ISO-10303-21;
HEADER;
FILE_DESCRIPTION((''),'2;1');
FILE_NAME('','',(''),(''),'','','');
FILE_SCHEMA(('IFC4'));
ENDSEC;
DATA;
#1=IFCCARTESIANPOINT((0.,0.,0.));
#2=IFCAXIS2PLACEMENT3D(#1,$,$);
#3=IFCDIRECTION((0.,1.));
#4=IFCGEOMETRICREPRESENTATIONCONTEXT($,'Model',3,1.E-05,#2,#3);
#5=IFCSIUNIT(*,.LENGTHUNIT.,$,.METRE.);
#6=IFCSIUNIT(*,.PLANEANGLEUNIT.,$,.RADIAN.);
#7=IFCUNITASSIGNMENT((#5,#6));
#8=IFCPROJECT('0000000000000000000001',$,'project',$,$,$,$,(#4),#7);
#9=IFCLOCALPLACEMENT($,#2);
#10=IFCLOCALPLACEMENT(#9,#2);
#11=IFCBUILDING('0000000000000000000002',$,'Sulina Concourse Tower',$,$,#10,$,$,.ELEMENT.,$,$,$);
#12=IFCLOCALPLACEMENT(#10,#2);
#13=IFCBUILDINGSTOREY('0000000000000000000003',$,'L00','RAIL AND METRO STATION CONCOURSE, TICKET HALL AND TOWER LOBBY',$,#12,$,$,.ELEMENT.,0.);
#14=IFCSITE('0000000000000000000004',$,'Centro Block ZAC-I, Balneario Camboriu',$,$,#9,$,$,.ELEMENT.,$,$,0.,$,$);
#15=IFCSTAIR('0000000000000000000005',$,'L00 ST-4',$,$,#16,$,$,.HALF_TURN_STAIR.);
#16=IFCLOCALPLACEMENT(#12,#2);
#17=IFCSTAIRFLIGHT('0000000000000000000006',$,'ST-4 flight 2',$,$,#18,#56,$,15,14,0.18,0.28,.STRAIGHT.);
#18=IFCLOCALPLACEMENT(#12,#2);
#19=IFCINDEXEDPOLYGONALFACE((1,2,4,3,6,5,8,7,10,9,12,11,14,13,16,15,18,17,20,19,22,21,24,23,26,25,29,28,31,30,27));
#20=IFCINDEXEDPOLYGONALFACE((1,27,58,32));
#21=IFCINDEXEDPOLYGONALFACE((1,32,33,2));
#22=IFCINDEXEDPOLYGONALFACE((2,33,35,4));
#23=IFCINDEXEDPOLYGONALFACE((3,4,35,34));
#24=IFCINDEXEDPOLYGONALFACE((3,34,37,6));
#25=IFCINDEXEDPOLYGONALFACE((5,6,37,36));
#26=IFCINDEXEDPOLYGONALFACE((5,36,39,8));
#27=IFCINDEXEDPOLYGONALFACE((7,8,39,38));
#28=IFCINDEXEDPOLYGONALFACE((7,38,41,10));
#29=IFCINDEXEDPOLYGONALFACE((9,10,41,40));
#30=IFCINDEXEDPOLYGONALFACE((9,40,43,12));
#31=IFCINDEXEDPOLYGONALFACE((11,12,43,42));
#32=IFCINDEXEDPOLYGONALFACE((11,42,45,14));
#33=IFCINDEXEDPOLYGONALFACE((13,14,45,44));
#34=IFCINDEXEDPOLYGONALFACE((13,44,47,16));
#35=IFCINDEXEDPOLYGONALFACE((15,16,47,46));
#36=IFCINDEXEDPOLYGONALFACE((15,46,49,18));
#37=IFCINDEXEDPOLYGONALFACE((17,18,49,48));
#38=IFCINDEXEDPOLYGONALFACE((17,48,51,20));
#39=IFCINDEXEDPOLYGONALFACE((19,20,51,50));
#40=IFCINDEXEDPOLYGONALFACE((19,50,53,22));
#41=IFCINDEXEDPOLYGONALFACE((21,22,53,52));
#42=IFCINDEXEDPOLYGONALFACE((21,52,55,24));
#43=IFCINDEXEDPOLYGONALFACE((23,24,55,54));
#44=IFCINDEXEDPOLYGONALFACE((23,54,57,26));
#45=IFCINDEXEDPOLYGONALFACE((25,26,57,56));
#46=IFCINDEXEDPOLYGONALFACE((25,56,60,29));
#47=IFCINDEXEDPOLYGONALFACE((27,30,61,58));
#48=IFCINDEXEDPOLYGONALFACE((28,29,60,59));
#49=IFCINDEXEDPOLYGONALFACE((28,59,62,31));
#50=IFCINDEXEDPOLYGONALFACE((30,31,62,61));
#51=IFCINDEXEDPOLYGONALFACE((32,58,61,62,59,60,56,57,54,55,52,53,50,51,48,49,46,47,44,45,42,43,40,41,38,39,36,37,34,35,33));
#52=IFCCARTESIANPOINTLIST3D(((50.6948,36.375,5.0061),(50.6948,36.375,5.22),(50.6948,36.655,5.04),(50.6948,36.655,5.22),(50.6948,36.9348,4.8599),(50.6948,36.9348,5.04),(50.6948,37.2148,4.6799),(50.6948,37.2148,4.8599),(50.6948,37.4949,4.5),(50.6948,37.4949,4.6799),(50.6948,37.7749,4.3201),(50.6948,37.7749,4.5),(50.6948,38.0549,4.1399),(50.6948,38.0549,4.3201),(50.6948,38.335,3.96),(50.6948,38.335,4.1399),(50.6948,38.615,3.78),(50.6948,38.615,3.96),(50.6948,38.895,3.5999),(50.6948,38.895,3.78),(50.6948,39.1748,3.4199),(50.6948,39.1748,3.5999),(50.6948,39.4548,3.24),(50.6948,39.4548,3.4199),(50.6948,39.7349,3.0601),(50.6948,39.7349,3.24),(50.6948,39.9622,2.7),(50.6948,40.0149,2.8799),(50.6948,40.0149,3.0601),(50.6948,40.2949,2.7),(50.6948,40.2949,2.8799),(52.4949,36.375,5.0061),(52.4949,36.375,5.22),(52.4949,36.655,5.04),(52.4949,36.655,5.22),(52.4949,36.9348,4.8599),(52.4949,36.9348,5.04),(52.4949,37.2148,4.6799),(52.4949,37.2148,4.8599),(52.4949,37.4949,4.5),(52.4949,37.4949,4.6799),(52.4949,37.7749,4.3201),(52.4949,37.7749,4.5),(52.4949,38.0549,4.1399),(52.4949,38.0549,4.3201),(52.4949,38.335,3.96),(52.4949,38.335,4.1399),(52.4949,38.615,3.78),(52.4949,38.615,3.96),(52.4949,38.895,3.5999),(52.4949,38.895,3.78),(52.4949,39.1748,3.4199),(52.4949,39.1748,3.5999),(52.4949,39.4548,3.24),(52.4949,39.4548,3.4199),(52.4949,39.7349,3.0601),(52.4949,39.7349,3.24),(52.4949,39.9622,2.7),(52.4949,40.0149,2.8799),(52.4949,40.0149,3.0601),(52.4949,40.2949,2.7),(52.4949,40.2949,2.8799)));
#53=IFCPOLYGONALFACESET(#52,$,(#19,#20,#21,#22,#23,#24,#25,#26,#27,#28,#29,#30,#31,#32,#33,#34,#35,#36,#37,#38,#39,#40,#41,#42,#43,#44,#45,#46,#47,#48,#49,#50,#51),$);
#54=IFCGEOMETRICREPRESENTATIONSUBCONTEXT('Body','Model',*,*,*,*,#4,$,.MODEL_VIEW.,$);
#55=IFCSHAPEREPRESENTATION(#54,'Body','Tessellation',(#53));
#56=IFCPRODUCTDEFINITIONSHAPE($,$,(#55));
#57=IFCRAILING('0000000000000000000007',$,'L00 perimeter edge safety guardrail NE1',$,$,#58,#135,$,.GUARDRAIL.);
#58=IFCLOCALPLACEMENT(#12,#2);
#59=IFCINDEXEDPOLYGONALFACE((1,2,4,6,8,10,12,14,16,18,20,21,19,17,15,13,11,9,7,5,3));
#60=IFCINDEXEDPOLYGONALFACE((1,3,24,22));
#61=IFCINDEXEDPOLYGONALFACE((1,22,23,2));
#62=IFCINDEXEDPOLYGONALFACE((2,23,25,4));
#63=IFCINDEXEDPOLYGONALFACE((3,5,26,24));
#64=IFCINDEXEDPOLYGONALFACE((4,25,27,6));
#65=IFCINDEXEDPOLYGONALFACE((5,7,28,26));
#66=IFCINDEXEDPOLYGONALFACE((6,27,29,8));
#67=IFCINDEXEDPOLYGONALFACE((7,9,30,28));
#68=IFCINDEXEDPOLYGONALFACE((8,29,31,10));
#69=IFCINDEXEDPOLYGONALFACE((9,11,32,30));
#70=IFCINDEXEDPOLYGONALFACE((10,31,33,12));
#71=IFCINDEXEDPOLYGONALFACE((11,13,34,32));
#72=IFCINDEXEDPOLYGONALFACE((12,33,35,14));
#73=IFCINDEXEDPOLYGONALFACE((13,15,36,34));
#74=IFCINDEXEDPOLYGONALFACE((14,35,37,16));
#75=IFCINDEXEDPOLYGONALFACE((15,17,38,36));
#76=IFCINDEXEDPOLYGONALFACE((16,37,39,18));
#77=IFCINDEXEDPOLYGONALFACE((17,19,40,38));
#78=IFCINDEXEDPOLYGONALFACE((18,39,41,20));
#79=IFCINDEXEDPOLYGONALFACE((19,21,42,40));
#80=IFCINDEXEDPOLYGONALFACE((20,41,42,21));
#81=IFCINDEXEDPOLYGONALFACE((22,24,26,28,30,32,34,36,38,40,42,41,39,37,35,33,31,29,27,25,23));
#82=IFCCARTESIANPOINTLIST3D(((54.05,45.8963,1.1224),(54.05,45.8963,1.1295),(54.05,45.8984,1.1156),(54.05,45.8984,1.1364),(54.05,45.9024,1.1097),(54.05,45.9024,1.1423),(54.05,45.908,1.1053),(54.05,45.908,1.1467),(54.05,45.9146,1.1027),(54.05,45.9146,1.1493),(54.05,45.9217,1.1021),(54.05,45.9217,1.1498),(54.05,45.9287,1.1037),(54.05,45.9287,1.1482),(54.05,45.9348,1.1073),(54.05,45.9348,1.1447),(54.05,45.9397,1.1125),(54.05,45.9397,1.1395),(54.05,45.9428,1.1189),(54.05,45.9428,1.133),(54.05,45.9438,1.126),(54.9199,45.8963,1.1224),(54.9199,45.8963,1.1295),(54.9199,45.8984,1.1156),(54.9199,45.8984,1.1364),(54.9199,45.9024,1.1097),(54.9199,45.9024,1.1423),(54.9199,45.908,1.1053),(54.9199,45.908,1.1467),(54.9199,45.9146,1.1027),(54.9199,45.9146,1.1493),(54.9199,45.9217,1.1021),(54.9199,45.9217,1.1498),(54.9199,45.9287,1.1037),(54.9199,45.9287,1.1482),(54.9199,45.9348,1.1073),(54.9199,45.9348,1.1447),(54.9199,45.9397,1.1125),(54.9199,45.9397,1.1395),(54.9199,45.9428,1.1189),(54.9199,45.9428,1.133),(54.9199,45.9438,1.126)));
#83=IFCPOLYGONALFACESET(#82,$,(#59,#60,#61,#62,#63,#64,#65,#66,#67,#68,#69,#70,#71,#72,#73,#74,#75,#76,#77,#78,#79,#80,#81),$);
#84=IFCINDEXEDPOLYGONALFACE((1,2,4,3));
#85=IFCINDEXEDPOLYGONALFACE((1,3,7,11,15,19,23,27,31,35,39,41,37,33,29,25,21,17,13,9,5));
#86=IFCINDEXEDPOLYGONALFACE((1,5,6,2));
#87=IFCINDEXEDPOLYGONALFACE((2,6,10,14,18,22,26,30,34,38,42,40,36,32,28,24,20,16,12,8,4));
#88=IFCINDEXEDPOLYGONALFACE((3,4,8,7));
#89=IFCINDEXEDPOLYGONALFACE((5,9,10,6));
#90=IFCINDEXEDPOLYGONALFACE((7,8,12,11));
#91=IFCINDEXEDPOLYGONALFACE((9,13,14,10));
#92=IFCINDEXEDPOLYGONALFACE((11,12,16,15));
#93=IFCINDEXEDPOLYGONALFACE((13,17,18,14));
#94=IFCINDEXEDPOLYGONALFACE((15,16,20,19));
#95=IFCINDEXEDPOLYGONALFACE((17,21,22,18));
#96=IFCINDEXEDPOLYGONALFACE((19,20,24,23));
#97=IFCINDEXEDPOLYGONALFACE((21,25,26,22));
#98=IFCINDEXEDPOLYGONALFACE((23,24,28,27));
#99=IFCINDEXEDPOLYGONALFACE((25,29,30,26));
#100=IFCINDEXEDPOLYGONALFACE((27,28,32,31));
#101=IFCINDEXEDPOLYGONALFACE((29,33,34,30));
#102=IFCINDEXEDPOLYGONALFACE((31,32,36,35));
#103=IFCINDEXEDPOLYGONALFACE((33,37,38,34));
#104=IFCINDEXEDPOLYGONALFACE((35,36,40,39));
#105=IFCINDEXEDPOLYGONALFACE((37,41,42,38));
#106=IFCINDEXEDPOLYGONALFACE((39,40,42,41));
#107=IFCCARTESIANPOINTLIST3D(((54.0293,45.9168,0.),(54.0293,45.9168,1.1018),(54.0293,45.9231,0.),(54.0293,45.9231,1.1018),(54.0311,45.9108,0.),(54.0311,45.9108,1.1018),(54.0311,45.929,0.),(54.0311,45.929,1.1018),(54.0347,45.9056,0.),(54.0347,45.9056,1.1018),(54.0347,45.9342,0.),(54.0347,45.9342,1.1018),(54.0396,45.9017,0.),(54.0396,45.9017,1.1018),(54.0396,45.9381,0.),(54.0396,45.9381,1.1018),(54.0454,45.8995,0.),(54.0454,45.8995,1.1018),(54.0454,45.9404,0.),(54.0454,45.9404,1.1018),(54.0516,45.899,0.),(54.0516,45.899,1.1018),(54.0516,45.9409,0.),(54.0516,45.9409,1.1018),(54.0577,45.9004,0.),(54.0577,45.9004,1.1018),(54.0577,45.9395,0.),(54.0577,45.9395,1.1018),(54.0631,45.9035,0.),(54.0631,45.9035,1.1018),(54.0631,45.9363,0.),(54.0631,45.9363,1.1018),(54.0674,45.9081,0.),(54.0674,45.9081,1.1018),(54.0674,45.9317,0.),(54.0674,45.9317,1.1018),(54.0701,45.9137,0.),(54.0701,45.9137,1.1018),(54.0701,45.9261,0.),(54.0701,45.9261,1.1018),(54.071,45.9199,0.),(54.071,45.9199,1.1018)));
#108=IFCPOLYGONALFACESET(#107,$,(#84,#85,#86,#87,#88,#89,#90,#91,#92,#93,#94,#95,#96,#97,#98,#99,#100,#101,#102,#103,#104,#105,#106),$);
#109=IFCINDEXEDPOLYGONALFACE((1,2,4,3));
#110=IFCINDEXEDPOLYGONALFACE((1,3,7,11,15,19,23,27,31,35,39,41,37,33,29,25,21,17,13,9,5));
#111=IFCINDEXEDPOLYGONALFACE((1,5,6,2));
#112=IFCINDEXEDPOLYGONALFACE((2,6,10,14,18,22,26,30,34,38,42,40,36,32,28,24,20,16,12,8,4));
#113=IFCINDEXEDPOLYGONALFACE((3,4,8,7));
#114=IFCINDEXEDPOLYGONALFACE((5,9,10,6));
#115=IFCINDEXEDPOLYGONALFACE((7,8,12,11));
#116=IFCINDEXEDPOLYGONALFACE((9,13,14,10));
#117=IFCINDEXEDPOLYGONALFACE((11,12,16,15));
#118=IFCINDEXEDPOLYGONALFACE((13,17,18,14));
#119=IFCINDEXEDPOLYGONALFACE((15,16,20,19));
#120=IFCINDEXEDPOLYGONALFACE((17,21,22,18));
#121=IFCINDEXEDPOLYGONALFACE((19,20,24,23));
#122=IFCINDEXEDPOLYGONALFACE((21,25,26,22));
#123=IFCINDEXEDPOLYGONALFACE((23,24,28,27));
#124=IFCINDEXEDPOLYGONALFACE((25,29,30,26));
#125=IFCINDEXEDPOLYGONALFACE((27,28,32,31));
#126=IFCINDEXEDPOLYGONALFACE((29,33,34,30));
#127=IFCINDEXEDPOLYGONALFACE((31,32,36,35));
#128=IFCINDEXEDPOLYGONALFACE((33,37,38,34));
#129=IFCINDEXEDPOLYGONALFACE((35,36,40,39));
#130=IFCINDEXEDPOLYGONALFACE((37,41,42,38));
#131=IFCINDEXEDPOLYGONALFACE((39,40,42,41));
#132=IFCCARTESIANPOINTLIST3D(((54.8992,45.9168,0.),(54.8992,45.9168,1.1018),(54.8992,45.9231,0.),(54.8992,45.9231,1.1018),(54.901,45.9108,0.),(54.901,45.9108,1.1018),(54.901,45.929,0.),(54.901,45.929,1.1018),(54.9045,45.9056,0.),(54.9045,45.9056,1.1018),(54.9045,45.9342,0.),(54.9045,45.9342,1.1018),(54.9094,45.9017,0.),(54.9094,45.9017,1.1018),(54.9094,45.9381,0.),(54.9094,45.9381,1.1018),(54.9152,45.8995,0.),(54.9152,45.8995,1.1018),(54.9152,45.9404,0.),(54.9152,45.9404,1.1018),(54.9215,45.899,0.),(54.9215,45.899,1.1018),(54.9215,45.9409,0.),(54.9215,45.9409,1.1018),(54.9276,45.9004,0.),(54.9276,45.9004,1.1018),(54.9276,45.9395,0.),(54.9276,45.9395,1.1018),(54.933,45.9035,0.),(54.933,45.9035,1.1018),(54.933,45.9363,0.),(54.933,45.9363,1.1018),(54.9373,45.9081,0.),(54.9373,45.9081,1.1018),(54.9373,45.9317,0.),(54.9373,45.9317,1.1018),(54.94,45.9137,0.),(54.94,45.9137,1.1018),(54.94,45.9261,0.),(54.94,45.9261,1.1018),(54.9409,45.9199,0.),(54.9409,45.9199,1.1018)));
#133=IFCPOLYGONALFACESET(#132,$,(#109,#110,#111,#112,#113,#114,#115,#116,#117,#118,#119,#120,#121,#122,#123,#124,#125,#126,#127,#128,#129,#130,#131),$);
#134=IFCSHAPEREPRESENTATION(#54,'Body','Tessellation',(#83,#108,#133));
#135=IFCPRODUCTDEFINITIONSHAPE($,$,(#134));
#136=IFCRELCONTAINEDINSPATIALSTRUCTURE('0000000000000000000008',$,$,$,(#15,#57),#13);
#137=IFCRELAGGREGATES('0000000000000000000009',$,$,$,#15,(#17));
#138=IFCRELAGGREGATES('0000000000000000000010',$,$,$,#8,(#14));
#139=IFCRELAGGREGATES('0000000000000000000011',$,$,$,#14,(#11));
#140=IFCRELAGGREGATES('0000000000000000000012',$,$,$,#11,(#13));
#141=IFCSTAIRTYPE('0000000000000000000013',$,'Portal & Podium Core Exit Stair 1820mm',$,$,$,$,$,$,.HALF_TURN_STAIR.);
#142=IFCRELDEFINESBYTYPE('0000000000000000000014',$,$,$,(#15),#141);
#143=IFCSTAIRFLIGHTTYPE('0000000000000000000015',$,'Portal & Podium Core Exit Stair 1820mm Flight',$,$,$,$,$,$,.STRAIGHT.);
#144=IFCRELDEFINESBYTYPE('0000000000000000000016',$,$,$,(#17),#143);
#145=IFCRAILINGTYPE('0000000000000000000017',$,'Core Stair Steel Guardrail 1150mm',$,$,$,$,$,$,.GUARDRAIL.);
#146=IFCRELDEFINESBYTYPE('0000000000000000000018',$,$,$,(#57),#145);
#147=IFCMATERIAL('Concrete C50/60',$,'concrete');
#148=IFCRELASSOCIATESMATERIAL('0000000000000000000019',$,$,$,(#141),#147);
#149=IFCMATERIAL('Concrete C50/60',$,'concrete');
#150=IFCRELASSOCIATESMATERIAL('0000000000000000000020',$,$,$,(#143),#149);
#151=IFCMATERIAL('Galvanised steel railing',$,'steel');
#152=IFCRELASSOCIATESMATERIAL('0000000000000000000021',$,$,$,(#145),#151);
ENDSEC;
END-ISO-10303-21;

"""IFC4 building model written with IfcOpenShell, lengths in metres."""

from ifc_helpers import new_model, si_unit, direction, frame, origin, origin_2d, place, context, subcontext, project, spatial, polyline, circle, outline, extrude, material, type_object, element, aggregate, save


model = new_model("IFC4")

# Units and contexts
model_context = context("Model", 3, precision=1e-05, world=origin(), true_north=direction((0.0, 1.0)))
body_context = subcontext(model_context, "Body", "Model", "MODEL_VIEW")
ifc_project = project(units=[si_unit("LENGTHUNIT", "METRE"), si_unit("PLANEANGLEUNIT", "RADIAN")], contexts=[model_context])

# Site, building, storey
site_placement = place(None, origin())
site = spatial("IfcSite", under=ifc_project, at=site_placement, Name="Centro Block ZAC-I, Balneario Camboriu", CompositionType="ELEMENT", RefElevation=0.0)
building_placement = place(site_placement, origin())
building = spatial("IfcBuilding", under=site, at=building_placement, Name="Sulina Concourse Tower", CompositionType="ELEMENT")
storey_placement = place(building_placement, origin())
storey = spatial("IfcBuildingStorey", under=building, at=storey_placement, Name="L00", Description="RAIL AND METRO STATION CONCOURSE, TICKET HALL AND TOWER LOBBY", CompositionType="ELEMENT", Elevation=0.0)

# Stair, stair flight
ifc_material_1 = material(Name="Concrete C50/60", Category="concrete")
stair_type = type_object("IfcStairType", Name="Portal & Podium Core Exit Stair 1820mm", PredefinedType="HALF_TURN_STAIR", material=ifc_material_1)
stair_placement = place(storey_placement, origin())
stair = element("IfcStair", 1, at=stair_placement, inside=storey, type_object=stair_type, Name="L00 ST-4", PredefinedType="HALF_TURN_STAIR")
ifc_material_2 = material(Name="Concrete C50/60", Category="concrete")
stair_flight_type = type_object("IfcStairFlightType", Name="Portal & Podium Core Exit Stair 1820mm Flight", PredefinedType="STRAIGHT", material=ifc_material_2)
stair_flight_1_placement = place(storey_placement, frame((51.595, 40.2949, 2.7), z_axis=(0.0, 0.0, 1.0), x_axis=(0.0, -1.0, 0.0)))
stair_flight_1 = element("IfcStairFlight", 2, at=stair_flight_1_placement, type_object=stair_flight_type, Name="ST-4 flight 2", NumberOfRisers=15, NumberOfTreads=14, PredefinedType="STRAIGHT", RiserHeight=0.18, TreadLength=0.28, context=body_context, shape_type="SweptSolid", body=[
    extrude(outline(polyline([(0.0, 0.0), (0.0, 0.1799), (0.28, 0.1799), (0.28, 0.3601), (0.5601, 0.3601), (0.5601, 0.54), (0.8401, 0.54), (0.8401, 0.72), (1.1201, 0.72), (1.1201, 0.8999), (1.3999, 0.8999), (1.3999, 1.0801), (1.6799, 1.0801), (1.6799, 1.26), (1.96, 1.26), (1.96, 1.4399), (2.24, 1.4399), (2.24, 1.6201), (2.52, 1.6201), (2.52, 1.8), (2.8, 1.8), (2.8, 1.98), (3.0801, 1.98), (3.0801, 2.1599), (3.3601, 2.1599), (3.3601, 2.3401), (3.6399, 2.3401), (3.6399, 2.52), (3.9199, 2.52), (3.9199, 2.7), (3.9199, 2.3062), (0.3328, 0.0), (0.0, 0.0)])), frame((0.0, 0.8999, 0.0), z_axis=(0.0, -1.0, 0.0), x_axis=(1.0, 0.0, 0.0)), (0.0, 0.0, 1.0), 1.8),
])
aggregate(stair, [stair_flight_1])

# Railing
ifc_material_3 = material(Name="Galvanised steel railing", Category="steel")
railing_type_1 = type_object("IfcRailingType", Name="Core Stair Steel Guardrail 1150mm", PredefinedType="GUARDRAIL", material=ifc_material_3)
railing_1_placement = place(storey_placement, frame((54.05, 45.9199, 0.0)))
element("IfcRailing", 3, at=railing_1_placement, inside=storey, type_object=railing_type_1, Name="L00 perimeter edge safety guardrail NE1", PredefinedType="GUARDRAIL", context=body_context, shape_type="SweptSolid", body=[
    extrude(circle(Radius=0.0239, at=origin_2d()), frame((0.0, 0.0, 1.126), z_axis=(1.0, 0.0, 0.0), x_axis=(0.0, 1.0, 0.0)), (0.0, 0.0, 1.0), 0.8699),
    extrude(circle(Radius=0.021, at=origin_2d()), origin(), (0.0, 0.0, 1.0), 1.1018),
    extrude(circle(Radius=0.021, at=origin_2d()), frame((0.8699, 0.0, 0.0)), (0.0, 0.0, 1.0), 1.1018),
])

save(model, "model.ifc")
